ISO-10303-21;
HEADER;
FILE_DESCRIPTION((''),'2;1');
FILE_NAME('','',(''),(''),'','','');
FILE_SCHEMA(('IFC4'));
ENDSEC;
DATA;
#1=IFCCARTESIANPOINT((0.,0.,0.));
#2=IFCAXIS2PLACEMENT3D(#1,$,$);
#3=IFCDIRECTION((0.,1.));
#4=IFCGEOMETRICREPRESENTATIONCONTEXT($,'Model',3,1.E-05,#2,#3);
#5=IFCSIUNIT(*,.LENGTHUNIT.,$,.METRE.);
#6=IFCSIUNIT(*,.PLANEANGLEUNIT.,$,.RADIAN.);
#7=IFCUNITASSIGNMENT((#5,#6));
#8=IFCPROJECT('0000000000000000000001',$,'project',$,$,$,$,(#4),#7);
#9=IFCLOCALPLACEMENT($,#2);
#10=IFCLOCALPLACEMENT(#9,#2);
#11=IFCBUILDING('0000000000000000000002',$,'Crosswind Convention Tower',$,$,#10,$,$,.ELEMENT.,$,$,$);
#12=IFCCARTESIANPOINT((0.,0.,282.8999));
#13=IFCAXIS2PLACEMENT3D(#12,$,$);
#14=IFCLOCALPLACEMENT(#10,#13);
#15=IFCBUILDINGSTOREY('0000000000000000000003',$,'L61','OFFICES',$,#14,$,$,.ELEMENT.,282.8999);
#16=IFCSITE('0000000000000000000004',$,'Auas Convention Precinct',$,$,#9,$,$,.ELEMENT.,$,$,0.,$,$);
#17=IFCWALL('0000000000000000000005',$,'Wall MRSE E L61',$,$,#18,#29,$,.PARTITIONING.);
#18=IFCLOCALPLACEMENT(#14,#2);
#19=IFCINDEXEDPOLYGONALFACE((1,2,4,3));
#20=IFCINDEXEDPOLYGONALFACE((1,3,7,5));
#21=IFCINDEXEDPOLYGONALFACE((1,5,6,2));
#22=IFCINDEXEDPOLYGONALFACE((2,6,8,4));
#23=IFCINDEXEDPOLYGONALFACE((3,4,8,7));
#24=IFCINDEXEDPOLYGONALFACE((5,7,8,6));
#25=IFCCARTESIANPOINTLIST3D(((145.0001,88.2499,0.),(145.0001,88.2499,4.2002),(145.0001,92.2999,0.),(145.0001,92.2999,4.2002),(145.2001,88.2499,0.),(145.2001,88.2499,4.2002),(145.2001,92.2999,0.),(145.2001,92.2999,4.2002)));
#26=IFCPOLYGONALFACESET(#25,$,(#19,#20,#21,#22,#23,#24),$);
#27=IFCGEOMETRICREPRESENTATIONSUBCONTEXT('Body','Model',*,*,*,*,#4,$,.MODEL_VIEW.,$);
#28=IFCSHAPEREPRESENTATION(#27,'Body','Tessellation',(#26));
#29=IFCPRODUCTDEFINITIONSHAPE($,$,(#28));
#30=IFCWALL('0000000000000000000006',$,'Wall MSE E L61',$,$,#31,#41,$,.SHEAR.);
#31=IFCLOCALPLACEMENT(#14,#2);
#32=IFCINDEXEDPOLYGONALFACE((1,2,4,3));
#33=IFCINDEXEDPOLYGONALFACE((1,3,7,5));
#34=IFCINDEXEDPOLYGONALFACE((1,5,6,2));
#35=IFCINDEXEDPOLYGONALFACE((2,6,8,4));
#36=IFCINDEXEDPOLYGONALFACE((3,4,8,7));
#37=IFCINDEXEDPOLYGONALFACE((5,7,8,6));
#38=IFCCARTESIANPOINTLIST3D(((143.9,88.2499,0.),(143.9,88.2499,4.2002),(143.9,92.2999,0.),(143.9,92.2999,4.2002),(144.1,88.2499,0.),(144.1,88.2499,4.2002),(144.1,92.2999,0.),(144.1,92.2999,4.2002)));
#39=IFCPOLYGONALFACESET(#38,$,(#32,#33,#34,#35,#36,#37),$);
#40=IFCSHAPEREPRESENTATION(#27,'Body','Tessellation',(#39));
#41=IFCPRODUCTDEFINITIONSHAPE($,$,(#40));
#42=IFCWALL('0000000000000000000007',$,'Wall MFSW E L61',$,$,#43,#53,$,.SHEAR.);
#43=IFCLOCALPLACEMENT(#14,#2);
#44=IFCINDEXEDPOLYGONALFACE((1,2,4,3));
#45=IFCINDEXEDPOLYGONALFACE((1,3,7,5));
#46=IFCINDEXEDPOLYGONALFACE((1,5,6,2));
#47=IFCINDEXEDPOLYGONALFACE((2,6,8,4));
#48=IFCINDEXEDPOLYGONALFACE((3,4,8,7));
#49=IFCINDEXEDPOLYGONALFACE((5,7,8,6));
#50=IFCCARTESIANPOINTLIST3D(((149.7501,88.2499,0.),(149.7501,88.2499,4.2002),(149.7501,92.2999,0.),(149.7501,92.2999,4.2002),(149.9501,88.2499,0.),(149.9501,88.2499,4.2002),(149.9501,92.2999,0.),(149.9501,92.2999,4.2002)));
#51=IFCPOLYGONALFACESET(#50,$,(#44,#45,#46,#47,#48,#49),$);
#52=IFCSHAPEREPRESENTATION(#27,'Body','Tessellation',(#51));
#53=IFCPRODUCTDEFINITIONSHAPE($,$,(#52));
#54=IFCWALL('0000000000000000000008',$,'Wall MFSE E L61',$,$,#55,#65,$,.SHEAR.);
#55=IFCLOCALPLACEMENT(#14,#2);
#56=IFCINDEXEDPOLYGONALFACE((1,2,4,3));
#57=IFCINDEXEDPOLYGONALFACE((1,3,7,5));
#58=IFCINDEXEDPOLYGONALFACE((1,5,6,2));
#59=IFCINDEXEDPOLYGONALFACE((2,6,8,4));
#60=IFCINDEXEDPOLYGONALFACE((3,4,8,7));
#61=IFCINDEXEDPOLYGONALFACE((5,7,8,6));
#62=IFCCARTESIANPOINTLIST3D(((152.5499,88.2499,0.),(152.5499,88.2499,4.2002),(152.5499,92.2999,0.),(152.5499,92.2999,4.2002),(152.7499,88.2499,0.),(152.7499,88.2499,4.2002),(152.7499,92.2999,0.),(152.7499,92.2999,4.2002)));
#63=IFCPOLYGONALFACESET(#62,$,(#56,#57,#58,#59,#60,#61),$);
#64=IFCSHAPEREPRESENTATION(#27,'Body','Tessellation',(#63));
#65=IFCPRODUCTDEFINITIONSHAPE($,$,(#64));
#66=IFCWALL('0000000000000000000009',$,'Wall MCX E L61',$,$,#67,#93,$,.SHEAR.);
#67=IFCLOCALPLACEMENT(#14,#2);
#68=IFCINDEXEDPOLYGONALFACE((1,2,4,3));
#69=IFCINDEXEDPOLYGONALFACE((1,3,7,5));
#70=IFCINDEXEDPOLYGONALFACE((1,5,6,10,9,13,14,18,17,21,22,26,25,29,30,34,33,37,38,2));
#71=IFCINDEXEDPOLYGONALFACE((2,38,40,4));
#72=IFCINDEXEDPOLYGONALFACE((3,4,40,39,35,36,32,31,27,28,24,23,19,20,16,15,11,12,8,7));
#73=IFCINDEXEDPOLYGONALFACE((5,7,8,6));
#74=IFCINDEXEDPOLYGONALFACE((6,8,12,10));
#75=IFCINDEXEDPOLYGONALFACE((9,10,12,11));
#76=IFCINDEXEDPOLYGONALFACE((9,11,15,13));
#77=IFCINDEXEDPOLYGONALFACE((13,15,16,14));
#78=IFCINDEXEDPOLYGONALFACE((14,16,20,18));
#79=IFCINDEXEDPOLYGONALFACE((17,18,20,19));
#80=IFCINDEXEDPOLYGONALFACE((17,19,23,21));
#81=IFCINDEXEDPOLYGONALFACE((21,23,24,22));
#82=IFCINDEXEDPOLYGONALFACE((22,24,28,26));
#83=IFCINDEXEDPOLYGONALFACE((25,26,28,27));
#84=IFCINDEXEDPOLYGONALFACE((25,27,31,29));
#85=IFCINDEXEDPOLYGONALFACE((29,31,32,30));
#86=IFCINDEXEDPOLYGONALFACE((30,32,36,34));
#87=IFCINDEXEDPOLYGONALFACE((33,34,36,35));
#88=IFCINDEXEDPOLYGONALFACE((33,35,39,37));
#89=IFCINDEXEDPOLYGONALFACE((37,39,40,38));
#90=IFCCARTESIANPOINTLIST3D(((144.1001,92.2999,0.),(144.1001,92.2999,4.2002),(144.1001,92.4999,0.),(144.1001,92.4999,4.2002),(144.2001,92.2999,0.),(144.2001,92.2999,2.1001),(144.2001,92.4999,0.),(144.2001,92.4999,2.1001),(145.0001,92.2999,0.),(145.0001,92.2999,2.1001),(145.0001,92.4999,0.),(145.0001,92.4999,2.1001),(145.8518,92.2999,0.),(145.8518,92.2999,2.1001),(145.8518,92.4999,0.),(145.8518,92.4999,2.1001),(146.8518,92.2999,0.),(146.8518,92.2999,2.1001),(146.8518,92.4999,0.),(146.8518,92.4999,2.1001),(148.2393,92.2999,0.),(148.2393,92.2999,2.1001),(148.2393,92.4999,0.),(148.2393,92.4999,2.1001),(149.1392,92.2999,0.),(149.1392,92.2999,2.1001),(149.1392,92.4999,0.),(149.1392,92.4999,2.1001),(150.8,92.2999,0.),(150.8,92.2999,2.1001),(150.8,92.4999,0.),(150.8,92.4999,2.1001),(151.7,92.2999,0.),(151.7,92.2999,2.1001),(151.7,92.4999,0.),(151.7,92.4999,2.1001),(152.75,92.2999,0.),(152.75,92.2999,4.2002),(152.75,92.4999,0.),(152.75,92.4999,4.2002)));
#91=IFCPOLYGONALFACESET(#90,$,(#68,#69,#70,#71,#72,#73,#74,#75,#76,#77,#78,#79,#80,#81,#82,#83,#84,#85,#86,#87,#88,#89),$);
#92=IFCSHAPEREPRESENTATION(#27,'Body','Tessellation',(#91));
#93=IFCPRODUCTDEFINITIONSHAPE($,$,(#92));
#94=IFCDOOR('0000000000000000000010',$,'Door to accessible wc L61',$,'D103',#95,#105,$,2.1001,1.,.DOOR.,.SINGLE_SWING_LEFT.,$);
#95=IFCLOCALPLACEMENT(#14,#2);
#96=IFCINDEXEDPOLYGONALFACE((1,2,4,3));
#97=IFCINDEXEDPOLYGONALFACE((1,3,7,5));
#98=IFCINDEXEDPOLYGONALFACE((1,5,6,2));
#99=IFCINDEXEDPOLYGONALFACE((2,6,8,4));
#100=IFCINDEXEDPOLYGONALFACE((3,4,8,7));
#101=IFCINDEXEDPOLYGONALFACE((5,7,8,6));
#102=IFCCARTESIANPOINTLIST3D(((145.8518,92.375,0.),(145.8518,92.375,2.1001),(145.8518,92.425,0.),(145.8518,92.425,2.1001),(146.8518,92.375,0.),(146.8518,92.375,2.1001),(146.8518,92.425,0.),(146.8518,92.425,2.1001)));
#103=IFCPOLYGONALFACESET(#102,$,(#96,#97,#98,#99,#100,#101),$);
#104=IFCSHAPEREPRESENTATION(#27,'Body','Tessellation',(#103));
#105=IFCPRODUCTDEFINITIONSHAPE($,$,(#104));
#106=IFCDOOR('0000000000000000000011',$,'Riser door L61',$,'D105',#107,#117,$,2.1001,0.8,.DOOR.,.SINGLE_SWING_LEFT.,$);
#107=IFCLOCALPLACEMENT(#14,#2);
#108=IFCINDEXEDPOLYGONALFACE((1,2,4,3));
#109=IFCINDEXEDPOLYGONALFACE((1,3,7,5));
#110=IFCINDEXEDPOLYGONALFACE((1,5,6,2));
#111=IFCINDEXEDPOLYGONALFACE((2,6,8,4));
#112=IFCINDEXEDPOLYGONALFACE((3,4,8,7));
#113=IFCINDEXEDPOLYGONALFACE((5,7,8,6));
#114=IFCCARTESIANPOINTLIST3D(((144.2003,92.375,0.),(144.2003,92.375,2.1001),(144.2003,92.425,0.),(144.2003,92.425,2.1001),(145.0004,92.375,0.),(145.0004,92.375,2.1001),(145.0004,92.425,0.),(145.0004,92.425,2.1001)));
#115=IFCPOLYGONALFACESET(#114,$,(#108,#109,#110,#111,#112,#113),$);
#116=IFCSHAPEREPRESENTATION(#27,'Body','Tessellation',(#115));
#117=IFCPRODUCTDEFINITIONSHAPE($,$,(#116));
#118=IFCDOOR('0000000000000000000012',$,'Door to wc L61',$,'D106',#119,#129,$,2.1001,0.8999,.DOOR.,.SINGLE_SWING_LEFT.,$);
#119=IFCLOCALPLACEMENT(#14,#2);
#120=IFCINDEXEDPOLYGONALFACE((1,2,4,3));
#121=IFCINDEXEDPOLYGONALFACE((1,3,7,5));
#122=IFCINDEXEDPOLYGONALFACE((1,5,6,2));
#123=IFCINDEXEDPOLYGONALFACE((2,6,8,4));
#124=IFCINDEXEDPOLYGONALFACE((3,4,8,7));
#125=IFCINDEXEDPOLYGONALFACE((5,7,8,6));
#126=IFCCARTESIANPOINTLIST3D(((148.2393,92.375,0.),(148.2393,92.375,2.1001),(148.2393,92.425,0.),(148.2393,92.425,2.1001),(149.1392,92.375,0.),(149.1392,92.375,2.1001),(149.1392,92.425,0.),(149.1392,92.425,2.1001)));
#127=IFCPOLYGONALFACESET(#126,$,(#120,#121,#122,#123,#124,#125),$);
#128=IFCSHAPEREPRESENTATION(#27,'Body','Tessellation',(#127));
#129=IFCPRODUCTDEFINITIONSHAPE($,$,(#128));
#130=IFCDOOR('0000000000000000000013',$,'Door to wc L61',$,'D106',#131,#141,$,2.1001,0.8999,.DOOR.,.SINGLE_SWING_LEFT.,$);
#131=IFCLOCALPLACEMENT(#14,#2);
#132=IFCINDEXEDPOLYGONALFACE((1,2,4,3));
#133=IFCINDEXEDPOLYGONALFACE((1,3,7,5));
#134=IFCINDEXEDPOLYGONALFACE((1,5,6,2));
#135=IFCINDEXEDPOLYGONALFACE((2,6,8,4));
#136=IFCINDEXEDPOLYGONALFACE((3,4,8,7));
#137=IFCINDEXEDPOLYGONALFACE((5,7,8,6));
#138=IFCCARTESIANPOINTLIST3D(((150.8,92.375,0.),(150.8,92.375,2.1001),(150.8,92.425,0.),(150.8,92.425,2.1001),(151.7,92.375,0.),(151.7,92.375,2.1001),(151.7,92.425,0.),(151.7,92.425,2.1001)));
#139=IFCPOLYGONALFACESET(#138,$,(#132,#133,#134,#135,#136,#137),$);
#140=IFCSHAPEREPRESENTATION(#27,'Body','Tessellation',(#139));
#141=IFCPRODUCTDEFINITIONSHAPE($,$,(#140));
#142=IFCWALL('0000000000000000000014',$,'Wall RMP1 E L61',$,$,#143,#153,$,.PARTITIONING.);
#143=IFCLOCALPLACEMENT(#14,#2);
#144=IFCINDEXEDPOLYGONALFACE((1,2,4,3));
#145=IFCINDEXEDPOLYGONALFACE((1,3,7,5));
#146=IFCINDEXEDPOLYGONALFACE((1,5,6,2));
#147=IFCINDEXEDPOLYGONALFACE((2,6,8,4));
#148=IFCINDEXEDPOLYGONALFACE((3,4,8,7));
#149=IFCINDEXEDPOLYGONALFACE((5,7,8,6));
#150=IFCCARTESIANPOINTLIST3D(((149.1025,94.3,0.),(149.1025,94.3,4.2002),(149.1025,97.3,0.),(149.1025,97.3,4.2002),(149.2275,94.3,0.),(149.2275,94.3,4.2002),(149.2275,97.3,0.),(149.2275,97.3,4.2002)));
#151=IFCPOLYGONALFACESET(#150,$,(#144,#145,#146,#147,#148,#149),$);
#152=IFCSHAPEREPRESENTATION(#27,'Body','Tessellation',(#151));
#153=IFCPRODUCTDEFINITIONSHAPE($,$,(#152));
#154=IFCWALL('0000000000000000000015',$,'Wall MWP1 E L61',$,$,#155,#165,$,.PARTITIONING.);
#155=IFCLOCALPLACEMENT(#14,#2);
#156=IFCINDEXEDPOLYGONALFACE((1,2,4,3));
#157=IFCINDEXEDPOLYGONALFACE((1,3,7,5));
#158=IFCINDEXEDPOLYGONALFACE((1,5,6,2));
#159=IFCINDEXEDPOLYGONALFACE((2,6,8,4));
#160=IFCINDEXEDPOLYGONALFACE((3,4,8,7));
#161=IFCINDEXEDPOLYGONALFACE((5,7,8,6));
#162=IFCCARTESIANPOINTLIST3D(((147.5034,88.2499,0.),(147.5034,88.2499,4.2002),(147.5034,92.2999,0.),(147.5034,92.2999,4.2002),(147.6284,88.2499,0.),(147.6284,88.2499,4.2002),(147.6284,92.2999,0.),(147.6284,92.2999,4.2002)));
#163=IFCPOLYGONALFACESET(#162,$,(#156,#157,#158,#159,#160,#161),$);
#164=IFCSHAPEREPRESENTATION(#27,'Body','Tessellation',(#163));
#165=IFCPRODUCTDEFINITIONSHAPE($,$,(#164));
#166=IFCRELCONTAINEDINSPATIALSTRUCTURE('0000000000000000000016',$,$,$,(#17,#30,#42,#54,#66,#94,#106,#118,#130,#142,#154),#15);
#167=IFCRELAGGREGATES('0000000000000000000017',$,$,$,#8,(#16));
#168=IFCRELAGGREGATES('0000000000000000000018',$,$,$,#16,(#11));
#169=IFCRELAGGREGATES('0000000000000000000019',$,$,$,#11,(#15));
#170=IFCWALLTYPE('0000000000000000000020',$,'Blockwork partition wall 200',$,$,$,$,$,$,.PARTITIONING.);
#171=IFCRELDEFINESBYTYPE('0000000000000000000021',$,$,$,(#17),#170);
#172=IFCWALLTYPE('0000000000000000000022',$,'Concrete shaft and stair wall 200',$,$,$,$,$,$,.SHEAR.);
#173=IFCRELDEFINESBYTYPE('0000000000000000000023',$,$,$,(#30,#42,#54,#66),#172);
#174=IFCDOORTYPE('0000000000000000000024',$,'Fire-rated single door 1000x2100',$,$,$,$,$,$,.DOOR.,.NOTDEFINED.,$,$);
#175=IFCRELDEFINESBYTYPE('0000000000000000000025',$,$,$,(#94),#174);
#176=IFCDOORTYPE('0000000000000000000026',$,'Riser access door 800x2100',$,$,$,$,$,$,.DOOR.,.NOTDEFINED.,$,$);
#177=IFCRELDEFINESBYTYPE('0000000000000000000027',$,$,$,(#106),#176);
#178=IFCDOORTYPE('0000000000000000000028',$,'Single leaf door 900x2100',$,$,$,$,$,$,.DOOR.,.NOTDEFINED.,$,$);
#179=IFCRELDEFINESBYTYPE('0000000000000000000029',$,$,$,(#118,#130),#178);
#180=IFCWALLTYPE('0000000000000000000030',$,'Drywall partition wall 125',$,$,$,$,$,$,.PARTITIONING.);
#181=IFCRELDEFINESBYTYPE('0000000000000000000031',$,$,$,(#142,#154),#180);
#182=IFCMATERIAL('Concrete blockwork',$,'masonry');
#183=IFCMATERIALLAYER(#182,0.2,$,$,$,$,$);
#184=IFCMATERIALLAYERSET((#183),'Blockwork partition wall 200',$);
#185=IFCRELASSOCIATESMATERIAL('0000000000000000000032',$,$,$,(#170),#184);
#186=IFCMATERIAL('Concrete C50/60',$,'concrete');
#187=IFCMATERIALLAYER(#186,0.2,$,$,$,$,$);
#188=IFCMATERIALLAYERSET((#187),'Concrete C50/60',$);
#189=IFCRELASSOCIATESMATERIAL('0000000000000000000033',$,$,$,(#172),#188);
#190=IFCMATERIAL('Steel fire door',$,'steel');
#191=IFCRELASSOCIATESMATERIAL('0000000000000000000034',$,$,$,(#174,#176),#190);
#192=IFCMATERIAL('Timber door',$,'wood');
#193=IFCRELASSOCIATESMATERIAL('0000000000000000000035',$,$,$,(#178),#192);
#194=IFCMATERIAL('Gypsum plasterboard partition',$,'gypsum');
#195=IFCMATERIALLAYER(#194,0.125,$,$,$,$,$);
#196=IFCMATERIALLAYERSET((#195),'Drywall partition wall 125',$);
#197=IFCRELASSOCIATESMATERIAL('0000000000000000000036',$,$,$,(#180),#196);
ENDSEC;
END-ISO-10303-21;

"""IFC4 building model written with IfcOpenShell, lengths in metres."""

from ifc_helpers import new_model, si_unit, direction, frame, frame_2d, origin, place, context, subcontext, project, spatial, rectangle, extrude, material, layer, layer_set, type_object, element, fill, save


model = new_model("IFC4")

# Units and contexts
model_context = context("Model", 3, precision=1e-05, world=origin(), true_north=direction((0.0, 1.0)))
body_context = subcontext(model_context, "Body", "Model", "MODEL_VIEW")
ifc_project = project(units=[si_unit("LENGTHUNIT", "METRE"), si_unit("PLANEANGLEUNIT", "RADIAN")], contexts=[model_context])

# Site, building, storey
site_placement = place(None, origin())
site = spatial("IfcSite", under=ifc_project, at=site_placement, Name="Auas Convention Precinct", CompositionType="ELEMENT", RefElevation=0.0)
building_placement = place(site_placement, origin())
building = spatial("IfcBuilding", under=site, at=building_placement, Name="Crosswind Convention Tower", CompositionType="ELEMENT")
storey_placement = place(building_placement, frame((0.0, 0.0, 282.8999)))
storey = spatial("IfcBuildingStorey", under=building, at=storey_placement, Name="L61", Description="OFFICES", CompositionType="ELEMENT", Elevation=282.8999)

# Walls
ifc_material_1 = material(Name="Concrete blockwork", Category="masonry")
ifc_layer_1 = layer(ifc_material_1, 0.2)
ifc_layer_set_1 = layer_set([ifc_layer_1], Name="Blockwork partition wall 200")
wall_type_1 = type_object("IfcWallType", Name="Blockwork partition wall 200", PredefinedType="PARTITIONING", material=ifc_layer_set_1)
wall_1_placement = place(storey_placement, frame((145.1001, 88.25, 0.0), z_axis=(0.0, 0.0, 1.0), x_axis=(0.0, 1.0, 0.0)))
element("IfcWall", 1, at=wall_1_placement, inside=storey, type_object=wall_type_1, Name="Wall MRSE E L61", PredefinedType="PARTITIONING", context=body_context, shape_type="SweptSolid", body=[
    extrude(rectangle(XDim=4.05, YDim=0.2, at=frame_2d((2.0249, 0.0))), origin(), (0.0, 0.0, 1.0), 4.2002),
])
ifc_material_2 = material(Name="Concrete C50/60", Category="concrete")
ifc_layer_2 = layer(ifc_material_2, 0.2)
ifc_layer_set_2 = layer_set([ifc_layer_2], Name="Concrete C50/60")
wall_type_2 = type_object("IfcWallType", Name="Concrete shaft and stair wall 200", PredefinedType="SHEAR", material=ifc_layer_set_2)
for number, where, z_axis, x_axis, name in (
    (2, (144.0, 88.25, 0.0), (0.0, 0.0, 1.0), (0.0, 1.0, 0.0), "Wall MSE E L61"),
    (3, (149.8501, 88.25, 0.0), (0.0, 0.0, 1.0), (0.0, 1.0, 0.0), "Wall MFSW E L61"),
    (4, (152.6499, 88.25, 0.0), (0.0, 0.0, 1.0), (0.0, 1.0, 0.0), "Wall MFSE E L61"),
):
    element("IfcWall", number, at=place(storey_placement, frame(where, z_axis=z_axis, x_axis=x_axis)), inside=storey, type_object=wall_type_2, Name=name, PredefinedType="SHEAR", context=body_context, shape_type="SweptSolid", body=[
        extrude(rectangle(XDim=4.05, YDim=0.2, at=frame_2d((2.0249, 0.0))), origin(), (0.0, 0.0, 1.0), 4.2002),
    ])

# Wall, openings, doors
wall_2_placement = place(storey_placement, frame((144.1001, 92.3999, 0.0), z_axis=(0.0, 0.0, 1.0), x_axis=(1.0, 0.0, 0.0)))
wall_2 = element("IfcWall", 5, at=wall_2_placement, inside=storey, type_object=wall_type_2, Name="Wall MCX E L61", PredefinedType="SHEAR", context=body_context, shape_type="SweptSolid", body=[
    extrude(rectangle(XDim=8.6499, YDim=0.2, at=frame_2d((4.325, 0.0))), origin(), (0.0, 0.0, 1.0), 4.2002),
])
opening_1_placement = place(wall_2_placement, frame((0.1001, 0.0, 0.0)))
opening_1 = element("IfcOpeningElement", 6, at=opening_1_placement, cuts=wall_2, PredefinedType="OPENING", context=body_context, shape_type="SweptSolid", body=[
    extrude(rectangle(XDim=0.8, YDim=2.1001, at=frame_2d((0.3999, 1.05))), frame((0.0, 0.1099, 0.0), z_axis=(0.0, -1.0, 0.0), x_axis=(1.0, 0.0, 0.0)), (0.0, 0.0, 1.0), 0.22),
])
opening_2_placement = place(wall_2_placement, frame((1.7517, 0.0, 0.0)))
opening_2 = element("IfcOpeningElement", 7, at=opening_2_placement, cuts=wall_2, PredefinedType="OPENING", context=body_context, shape_type="SweptSolid", body=[
    extrude(rectangle(XDim=1.0, YDim=2.1001, at=frame_2d((0.5, 1.05))), frame((0.0, 0.1099, 0.0), z_axis=(0.0, -1.0, 0.0), x_axis=(1.0, 0.0, 0.0)), (0.0, 0.0, 1.0), 0.22),
])
opening_3_placement = place(wall_2_placement, frame((4.1392, 0.0, 0.0)))
opening_3 = element("IfcOpeningElement", 8, at=opening_3_placement, cuts=wall_2, PredefinedType="OPENING", context=body_context, shape_type="SweptSolid", body=[
    extrude(rectangle(XDim=0.8999, YDim=2.1001, at=frame_2d((0.45, 1.05))), frame((0.0, 0.1099, 0.0), z_axis=(0.0, -1.0, 0.0), x_axis=(1.0, 0.0, 0.0)), (0.0, 0.0, 1.0), 0.22),
])
opening_4_placement = place(wall_2_placement, frame((6.7, 0.0, 0.0)))
opening_4 = element("IfcOpeningElement", 9, at=opening_4_placement, cuts=wall_2, PredefinedType="OPENING", context=body_context, shape_type="SweptSolid", body=[
    extrude(rectangle(XDim=0.8999, YDim=2.1001, at=frame_2d((0.45, 1.05))), frame((0.0, 0.1099, 0.0), z_axis=(0.0, -1.0, 0.0), x_axis=(1.0, 0.0, 0.0)), (0.0, 0.0, 1.0), 0.22),
])
ifc_material_3 = material(Name="Steel fire door", Category="steel")
door_type_1 = type_object("IfcDoorType", Name="Fire-rated single door 1000x2100", OperationType="NOTDEFINED", PredefinedType="DOOR", material=ifc_material_3)
door_1_placement = place(opening_2_placement, frame((1.0, 0.0, 0.0), z_axis=(0.0, 0.0, 1.0), x_axis=(-1.0, 0.0, 0.0)))
door_1 = element("IfcDoor", 10, at=door_1_placement, inside=storey, type_object=door_type_1, Name="Door to accessible wc L61", ObjectType="D103", OperationType="SINGLE_SWING_LEFT", OverallHeight=2.1001, OverallWidth=1.0, PredefinedType="DOOR", context=body_context, shape_type="SweptSolid", body=[
    extrude(rectangle(XDim=1.0, YDim=2.1001, at=frame_2d((0.5, 1.05))), frame((0.0, 0.0249, 0.0), z_axis=(0.0, -1.0, 0.0), x_axis=(1.0, 0.0, 0.0)), (0.0, 0.0, 1.0), 0.05),
])
fill(opening_2, door_1)
door_type_2 = type_object("IfcDoorType", Name="Riser access door 800x2100", OperationType="NOTDEFINED", PredefinedType="DOOR", material=ifc_material_3)
door_2_placement = place(opening_1_placement, frame((0.8, 0.0, 0.0), z_axis=(0.0, 0.0, 1.0), x_axis=(-1.0, 0.0, 0.0)))
door_2 = element("IfcDoor", 11, at=door_2_placement, inside=storey, type_object=door_type_2, Name="Riser door L61", ObjectType="D105", OperationType="SINGLE_SWING_LEFT", OverallHeight=2.1001, OverallWidth=0.8, PredefinedType="DOOR", context=body_context, shape_type="SweptSolid", body=[
    extrude(rectangle(XDim=0.8, YDim=2.1001, at=frame_2d((0.3999, 1.05))), frame((0.0, 0.0249, 0.0), z_axis=(0.0, -1.0, 0.0), x_axis=(1.0, 0.0, 0.0)), (0.0, 0.0, 1.0), 0.05),
])
fill(opening_1, door_2)
ifc_material_4 = material(Name="Timber door", Category="wood")
door_type_3 = type_object("IfcDoorType", Name="Single leaf door 900x2100", OperationType="NOTDEFINED", PredefinedType="DOOR", material=ifc_material_4)
door_3_placement = place(opening_3_placement, frame((0.8999, 0.0, 0.0), z_axis=(0.0, 0.0, 1.0), x_axis=(-1.0, 0.0, 0.0)))
door_3 = element("IfcDoor", 12, at=door_3_placement, inside=storey, type_object=door_type_3, Name="Door to wc L61", ObjectType="D106", OperationType="SINGLE_SWING_LEFT", OverallHeight=2.1001, OverallWidth=0.8999, PredefinedType="DOOR", context=body_context, shape_type="SweptSolid", body=[
    extrude(rectangle(XDim=0.8999, YDim=2.1001, at=frame_2d((0.45, 1.05))), frame((0.0, 0.0249, 0.0), z_axis=(0.0, -1.0, 0.0), x_axis=(1.0, 0.0, 0.0)), (0.0, 0.0, 1.0), 0.05),
])
fill(opening_3, door_3)
door_4_placement = place(opening_4_placement, frame((0.8999, 0.0, 0.0), z_axis=(0.0, 0.0, 1.0), x_axis=(-1.0, 0.0, 0.0)))
door_4 = element("IfcDoor", 13, at=door_4_placement, inside=storey, type_object=door_type_3, Name="Door to wc L61", ObjectType="D106", OperationType="SINGLE_SWING_LEFT", OverallHeight=2.1001, OverallWidth=0.8999, PredefinedType="DOOR", context=body_context, shape_type="SweptSolid", body=[
    extrude(rectangle(XDim=0.8999, YDim=2.1001, at=frame_2d((0.45, 1.05))), frame((0.0, 0.0249, 0.0), z_axis=(0.0, -1.0, 0.0), x_axis=(1.0, 0.0, 0.0)), (0.0, 0.0, 1.0), 0.05),
])
fill(opening_4, door_4)

# Walls
ifc_material_5 = material(Name="Gypsum plasterboard partition", Category="gypsum")
ifc_layer_3 = layer(ifc_material_5, 0.125)
ifc_layer_set_3 = layer_set([ifc_layer_3], Name="Drywall partition wall 125")
wall_type_3 = type_object("IfcWallType", Name="Drywall partition wall 125", PredefinedType="PARTITIONING", material=ifc_layer_set_3)
wall_3_placement = place(storey_placement, frame((149.165, 94.3, 0.0), z_axis=(0.0, 0.0, 1.0), x_axis=(0.0, 1.0, 0.0)))
element("IfcWall", 14, at=wall_3_placement, inside=storey, type_object=wall_type_3, Name="Wall RMP1 E L61", PredefinedType="PARTITIONING", context=body_context, shape_type="SweptSolid", body=[
    extrude(rectangle(XDim=3.0, YDim=0.125, at=frame_2d((1.5, 0.0))), origin(), (0.0, 0.0, 1.0), 4.2002),
])
wall_4_placement = place(storey_placement, frame((147.5659, 88.25, 0.0), z_axis=(0.0, 0.0, 1.0), x_axis=(0.0, 1.0, 0.0)))
element("IfcWall", 15, at=wall_4_placement, inside=storey, type_object=wall_type_3, Name="Wall MWP1 E L61", PredefinedType="PARTITIONING", context=body_context, shape_type="SweptSolid", body=[
    extrude(rectangle(XDim=4.05, YDim=0.125, at=frame_2d((2.0249, 0.0))), origin(), (0.0, 0.0, 1.0), 4.2002),
])

save(model, "model.ifc")
